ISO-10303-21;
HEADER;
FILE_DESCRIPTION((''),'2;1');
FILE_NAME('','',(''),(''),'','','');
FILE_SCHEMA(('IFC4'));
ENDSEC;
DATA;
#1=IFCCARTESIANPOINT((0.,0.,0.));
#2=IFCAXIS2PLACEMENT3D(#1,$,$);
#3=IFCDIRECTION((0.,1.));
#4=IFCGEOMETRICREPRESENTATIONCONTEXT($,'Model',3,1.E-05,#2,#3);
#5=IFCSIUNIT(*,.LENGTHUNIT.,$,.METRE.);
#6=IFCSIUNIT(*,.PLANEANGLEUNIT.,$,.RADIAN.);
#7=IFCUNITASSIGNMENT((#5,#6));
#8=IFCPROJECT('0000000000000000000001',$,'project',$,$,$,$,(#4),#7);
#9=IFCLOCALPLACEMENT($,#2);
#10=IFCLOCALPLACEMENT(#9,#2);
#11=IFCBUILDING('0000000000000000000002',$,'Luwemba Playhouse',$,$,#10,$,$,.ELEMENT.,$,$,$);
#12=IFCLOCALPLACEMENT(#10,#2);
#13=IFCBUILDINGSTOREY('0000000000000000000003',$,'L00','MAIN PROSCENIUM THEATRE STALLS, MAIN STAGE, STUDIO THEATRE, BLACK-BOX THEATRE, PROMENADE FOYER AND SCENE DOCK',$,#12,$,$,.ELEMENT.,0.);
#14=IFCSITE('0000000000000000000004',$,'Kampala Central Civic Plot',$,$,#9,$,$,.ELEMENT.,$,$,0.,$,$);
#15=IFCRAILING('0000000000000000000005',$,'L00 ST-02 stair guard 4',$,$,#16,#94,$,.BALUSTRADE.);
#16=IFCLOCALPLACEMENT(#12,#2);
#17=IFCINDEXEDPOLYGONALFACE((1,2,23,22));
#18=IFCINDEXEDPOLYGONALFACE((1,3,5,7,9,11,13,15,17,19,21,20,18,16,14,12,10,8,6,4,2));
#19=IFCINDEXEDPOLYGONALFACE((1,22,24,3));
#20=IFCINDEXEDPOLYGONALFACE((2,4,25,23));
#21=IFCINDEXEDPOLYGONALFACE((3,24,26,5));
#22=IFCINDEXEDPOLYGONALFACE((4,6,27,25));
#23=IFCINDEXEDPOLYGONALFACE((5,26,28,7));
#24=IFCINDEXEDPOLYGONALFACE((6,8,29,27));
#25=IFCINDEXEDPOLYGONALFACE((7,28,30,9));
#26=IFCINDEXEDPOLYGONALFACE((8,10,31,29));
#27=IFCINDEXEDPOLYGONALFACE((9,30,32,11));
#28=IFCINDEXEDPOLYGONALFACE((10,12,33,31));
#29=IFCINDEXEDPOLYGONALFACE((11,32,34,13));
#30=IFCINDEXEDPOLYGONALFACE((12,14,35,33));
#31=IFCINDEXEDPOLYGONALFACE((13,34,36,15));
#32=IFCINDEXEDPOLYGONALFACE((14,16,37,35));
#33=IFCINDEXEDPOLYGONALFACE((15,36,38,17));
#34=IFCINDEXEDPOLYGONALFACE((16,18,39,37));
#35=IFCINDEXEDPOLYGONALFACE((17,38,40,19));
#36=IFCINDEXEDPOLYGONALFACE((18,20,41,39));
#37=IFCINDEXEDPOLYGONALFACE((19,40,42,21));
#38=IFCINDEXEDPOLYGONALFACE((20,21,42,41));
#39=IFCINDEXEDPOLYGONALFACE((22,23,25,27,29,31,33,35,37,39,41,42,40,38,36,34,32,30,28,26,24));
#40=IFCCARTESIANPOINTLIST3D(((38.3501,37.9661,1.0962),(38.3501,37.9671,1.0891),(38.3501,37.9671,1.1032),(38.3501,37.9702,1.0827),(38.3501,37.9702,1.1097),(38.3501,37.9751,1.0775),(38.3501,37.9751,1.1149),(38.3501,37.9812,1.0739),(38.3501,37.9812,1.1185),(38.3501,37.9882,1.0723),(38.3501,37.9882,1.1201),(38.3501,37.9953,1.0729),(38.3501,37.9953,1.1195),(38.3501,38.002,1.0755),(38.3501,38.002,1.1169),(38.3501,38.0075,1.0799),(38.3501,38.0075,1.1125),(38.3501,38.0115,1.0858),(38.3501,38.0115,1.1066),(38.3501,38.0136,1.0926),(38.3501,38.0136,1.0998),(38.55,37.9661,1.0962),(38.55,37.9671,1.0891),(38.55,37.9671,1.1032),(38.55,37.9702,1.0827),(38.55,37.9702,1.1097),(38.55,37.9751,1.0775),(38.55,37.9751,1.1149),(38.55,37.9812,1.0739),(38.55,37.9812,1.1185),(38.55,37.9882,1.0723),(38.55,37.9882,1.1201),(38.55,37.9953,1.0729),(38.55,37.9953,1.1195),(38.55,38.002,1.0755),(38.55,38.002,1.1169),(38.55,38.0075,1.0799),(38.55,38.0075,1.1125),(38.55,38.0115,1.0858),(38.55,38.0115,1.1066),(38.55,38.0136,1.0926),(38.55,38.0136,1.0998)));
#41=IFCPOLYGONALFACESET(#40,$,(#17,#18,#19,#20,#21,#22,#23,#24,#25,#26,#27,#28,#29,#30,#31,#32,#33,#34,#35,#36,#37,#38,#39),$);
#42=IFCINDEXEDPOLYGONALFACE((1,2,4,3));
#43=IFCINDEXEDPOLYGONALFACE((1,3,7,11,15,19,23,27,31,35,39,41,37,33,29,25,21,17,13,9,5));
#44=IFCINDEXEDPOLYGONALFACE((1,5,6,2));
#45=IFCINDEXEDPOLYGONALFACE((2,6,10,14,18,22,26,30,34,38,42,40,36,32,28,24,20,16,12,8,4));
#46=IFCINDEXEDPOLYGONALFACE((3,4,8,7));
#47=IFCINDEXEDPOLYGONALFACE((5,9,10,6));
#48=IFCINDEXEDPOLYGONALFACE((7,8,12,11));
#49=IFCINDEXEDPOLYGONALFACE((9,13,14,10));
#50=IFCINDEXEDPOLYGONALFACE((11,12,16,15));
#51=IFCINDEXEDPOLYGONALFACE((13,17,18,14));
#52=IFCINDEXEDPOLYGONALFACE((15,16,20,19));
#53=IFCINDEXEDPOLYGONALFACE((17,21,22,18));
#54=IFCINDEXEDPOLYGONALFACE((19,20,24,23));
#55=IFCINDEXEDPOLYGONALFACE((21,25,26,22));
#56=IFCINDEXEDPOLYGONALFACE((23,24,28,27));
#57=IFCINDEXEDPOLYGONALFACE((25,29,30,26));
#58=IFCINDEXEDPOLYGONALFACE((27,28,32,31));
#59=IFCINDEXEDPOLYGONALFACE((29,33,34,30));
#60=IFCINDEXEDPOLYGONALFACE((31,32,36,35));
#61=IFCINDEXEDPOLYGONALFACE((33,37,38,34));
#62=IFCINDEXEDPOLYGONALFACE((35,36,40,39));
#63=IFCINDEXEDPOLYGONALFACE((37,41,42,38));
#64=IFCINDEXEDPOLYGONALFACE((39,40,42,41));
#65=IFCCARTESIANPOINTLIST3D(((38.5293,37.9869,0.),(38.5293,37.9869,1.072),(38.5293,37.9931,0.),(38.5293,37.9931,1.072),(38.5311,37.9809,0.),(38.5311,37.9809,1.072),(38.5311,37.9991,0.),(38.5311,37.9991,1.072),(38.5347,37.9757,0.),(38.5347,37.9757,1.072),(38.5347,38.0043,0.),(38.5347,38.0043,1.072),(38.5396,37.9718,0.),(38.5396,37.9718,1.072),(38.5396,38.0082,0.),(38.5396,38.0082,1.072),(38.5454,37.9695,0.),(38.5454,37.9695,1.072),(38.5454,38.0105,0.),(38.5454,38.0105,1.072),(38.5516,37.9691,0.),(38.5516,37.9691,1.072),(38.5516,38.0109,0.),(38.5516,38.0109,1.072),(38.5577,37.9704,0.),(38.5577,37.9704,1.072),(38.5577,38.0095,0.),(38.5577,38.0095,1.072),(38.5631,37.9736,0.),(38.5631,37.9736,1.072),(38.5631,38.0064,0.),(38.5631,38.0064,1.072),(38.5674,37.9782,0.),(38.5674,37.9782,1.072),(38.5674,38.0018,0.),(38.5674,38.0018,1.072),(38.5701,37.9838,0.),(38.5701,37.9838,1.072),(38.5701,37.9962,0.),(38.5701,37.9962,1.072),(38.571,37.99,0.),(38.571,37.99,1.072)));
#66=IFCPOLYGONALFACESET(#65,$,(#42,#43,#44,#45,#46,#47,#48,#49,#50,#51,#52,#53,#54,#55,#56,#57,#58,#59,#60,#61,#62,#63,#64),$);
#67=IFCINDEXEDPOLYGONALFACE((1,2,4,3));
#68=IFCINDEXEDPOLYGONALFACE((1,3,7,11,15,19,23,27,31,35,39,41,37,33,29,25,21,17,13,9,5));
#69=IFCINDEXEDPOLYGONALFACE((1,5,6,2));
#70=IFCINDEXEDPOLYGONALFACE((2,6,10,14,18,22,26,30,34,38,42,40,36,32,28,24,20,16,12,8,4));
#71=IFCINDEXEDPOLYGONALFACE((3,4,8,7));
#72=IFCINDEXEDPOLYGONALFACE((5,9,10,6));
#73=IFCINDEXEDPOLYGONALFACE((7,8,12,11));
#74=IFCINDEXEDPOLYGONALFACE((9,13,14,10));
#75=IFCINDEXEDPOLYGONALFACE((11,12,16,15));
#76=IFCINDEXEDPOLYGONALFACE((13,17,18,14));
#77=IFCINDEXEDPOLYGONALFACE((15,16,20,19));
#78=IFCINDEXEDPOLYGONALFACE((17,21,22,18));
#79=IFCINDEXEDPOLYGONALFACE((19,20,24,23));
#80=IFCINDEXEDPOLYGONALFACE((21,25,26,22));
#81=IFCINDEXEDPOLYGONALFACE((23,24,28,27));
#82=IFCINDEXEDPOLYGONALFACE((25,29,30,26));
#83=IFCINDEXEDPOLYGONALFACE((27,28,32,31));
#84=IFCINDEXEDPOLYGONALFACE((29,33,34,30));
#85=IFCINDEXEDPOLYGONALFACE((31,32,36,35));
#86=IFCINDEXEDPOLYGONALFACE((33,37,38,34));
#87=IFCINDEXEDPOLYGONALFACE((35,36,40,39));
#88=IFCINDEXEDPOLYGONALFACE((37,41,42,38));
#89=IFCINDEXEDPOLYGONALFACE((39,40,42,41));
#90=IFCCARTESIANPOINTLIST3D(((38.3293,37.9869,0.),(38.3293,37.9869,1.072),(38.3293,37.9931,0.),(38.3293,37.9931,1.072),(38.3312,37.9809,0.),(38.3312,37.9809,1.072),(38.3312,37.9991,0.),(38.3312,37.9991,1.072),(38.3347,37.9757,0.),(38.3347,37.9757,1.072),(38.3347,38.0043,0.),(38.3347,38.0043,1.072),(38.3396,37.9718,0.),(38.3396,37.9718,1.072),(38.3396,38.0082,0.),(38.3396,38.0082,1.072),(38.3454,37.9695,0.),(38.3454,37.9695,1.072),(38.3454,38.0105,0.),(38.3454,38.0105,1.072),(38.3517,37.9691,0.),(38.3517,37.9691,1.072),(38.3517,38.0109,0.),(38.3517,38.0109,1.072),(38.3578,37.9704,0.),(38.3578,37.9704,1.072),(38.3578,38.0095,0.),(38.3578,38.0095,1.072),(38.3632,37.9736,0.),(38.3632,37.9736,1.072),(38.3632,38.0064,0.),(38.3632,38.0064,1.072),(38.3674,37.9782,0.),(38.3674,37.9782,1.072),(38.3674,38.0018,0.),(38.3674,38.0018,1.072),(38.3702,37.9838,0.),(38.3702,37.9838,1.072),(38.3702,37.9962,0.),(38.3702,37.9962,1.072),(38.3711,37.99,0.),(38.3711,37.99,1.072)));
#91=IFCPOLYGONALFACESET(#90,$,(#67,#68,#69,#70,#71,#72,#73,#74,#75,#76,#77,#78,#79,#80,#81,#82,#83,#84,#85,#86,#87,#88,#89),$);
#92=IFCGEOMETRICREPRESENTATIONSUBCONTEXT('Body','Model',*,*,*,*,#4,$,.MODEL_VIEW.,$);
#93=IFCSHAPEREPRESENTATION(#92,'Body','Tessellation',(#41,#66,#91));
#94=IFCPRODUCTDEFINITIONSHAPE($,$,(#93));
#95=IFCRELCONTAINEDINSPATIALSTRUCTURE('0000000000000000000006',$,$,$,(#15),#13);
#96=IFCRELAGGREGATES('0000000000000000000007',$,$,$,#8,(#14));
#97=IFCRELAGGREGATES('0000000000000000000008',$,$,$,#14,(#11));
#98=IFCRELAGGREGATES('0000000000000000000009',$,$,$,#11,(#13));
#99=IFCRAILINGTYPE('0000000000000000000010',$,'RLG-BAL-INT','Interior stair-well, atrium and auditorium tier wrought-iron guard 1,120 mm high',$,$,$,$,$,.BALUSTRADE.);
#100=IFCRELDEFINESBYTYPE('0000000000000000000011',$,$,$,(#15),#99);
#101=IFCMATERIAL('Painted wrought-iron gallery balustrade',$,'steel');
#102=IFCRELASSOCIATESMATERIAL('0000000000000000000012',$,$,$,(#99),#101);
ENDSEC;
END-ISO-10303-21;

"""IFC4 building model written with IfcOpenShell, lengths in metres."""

from ifc_helpers import new_model, si_unit, direction, frame, origin, origin_2d, place, context, subcontext, project, spatial, circle, extrude, material, type_object, element, save


model = new_model("IFC4")

# Units and contexts
model_context = context("Model", 3, precision=1e-05, world=origin(), true_north=direction((0.0, 1.0)))
body_context = subcontext(model_context, "Body", "Model", "MODEL_VIEW")
ifc_project = project(units=[si_unit("LENGTHUNIT", "METRE"), si_unit("PLANEANGLEUNIT", "RADIAN")], contexts=[model_context])

# Site, building, storey
site_placement = place(None, origin())
site = spatial("IfcSite", under=ifc_project, at=site_placement, Name="Kampala Central Civic Plot", CompositionType="ELEMENT", RefElevation=0.0)
building_placement = place(site_placement, origin())
building = spatial("IfcBuilding", under=site, at=building_placement, Name="Luwemba Playhouse", CompositionType="ELEMENT")
storey_placement = place(building_placement, origin())
storey = spatial("IfcBuildingStorey", under=building, at=storey_placement, Name="L00", Description="MAIN PROSCENIUM THEATRE STALLS, MAIN STAGE, STUDIO THEATRE, BLACK-BOX THEATRE, PROMENADE FOYER AND SCENE DOCK", CompositionType="ELEMENT", Elevation=0.0)

# Railing
ifc_material_1 = material(Name="Painted wrought-iron gallery balustrade", Category="steel")
railing_type_1 = type_object("IfcRailingType", Name="RLG-BAL-INT", Description="Interior stair-well, atrium and auditorium tier wrought-iron guard 1,120 mm high", PredefinedType="BALUSTRADE", material=ifc_material_1)
railing_1_placement = place(storey_placement, frame((38.55, 37.99, 0.0)))
element("IfcRailing", 1, at=railing_1_placement, inside=storey, type_object=railing_type_1, Name="L00 ST-02 stair guard 4", PredefinedType="BALUSTRADE", context=body_context, shape_type="SweptSolid", body=[
    extrude(circle(Radius=0.0239, at=origin_2d()), frame((0.0, 0.0, 1.0962), z_axis=(-1.0, 0.0, 0.0), x_axis=(0.0, -1.0, 0.0)), (0.0, 0.0, 1.0), 0.2),
    extrude(circle(Radius=0.021, at=origin_2d()), origin(), (0.0, 0.0, 1.0), 1.072),
    extrude(circle(Radius=0.021, at=origin_2d()), frame((-0.2, 0.0, 0.0)), (0.0, 0.0, 1.0), 1.072),
])

save(model, "model.ifc")
